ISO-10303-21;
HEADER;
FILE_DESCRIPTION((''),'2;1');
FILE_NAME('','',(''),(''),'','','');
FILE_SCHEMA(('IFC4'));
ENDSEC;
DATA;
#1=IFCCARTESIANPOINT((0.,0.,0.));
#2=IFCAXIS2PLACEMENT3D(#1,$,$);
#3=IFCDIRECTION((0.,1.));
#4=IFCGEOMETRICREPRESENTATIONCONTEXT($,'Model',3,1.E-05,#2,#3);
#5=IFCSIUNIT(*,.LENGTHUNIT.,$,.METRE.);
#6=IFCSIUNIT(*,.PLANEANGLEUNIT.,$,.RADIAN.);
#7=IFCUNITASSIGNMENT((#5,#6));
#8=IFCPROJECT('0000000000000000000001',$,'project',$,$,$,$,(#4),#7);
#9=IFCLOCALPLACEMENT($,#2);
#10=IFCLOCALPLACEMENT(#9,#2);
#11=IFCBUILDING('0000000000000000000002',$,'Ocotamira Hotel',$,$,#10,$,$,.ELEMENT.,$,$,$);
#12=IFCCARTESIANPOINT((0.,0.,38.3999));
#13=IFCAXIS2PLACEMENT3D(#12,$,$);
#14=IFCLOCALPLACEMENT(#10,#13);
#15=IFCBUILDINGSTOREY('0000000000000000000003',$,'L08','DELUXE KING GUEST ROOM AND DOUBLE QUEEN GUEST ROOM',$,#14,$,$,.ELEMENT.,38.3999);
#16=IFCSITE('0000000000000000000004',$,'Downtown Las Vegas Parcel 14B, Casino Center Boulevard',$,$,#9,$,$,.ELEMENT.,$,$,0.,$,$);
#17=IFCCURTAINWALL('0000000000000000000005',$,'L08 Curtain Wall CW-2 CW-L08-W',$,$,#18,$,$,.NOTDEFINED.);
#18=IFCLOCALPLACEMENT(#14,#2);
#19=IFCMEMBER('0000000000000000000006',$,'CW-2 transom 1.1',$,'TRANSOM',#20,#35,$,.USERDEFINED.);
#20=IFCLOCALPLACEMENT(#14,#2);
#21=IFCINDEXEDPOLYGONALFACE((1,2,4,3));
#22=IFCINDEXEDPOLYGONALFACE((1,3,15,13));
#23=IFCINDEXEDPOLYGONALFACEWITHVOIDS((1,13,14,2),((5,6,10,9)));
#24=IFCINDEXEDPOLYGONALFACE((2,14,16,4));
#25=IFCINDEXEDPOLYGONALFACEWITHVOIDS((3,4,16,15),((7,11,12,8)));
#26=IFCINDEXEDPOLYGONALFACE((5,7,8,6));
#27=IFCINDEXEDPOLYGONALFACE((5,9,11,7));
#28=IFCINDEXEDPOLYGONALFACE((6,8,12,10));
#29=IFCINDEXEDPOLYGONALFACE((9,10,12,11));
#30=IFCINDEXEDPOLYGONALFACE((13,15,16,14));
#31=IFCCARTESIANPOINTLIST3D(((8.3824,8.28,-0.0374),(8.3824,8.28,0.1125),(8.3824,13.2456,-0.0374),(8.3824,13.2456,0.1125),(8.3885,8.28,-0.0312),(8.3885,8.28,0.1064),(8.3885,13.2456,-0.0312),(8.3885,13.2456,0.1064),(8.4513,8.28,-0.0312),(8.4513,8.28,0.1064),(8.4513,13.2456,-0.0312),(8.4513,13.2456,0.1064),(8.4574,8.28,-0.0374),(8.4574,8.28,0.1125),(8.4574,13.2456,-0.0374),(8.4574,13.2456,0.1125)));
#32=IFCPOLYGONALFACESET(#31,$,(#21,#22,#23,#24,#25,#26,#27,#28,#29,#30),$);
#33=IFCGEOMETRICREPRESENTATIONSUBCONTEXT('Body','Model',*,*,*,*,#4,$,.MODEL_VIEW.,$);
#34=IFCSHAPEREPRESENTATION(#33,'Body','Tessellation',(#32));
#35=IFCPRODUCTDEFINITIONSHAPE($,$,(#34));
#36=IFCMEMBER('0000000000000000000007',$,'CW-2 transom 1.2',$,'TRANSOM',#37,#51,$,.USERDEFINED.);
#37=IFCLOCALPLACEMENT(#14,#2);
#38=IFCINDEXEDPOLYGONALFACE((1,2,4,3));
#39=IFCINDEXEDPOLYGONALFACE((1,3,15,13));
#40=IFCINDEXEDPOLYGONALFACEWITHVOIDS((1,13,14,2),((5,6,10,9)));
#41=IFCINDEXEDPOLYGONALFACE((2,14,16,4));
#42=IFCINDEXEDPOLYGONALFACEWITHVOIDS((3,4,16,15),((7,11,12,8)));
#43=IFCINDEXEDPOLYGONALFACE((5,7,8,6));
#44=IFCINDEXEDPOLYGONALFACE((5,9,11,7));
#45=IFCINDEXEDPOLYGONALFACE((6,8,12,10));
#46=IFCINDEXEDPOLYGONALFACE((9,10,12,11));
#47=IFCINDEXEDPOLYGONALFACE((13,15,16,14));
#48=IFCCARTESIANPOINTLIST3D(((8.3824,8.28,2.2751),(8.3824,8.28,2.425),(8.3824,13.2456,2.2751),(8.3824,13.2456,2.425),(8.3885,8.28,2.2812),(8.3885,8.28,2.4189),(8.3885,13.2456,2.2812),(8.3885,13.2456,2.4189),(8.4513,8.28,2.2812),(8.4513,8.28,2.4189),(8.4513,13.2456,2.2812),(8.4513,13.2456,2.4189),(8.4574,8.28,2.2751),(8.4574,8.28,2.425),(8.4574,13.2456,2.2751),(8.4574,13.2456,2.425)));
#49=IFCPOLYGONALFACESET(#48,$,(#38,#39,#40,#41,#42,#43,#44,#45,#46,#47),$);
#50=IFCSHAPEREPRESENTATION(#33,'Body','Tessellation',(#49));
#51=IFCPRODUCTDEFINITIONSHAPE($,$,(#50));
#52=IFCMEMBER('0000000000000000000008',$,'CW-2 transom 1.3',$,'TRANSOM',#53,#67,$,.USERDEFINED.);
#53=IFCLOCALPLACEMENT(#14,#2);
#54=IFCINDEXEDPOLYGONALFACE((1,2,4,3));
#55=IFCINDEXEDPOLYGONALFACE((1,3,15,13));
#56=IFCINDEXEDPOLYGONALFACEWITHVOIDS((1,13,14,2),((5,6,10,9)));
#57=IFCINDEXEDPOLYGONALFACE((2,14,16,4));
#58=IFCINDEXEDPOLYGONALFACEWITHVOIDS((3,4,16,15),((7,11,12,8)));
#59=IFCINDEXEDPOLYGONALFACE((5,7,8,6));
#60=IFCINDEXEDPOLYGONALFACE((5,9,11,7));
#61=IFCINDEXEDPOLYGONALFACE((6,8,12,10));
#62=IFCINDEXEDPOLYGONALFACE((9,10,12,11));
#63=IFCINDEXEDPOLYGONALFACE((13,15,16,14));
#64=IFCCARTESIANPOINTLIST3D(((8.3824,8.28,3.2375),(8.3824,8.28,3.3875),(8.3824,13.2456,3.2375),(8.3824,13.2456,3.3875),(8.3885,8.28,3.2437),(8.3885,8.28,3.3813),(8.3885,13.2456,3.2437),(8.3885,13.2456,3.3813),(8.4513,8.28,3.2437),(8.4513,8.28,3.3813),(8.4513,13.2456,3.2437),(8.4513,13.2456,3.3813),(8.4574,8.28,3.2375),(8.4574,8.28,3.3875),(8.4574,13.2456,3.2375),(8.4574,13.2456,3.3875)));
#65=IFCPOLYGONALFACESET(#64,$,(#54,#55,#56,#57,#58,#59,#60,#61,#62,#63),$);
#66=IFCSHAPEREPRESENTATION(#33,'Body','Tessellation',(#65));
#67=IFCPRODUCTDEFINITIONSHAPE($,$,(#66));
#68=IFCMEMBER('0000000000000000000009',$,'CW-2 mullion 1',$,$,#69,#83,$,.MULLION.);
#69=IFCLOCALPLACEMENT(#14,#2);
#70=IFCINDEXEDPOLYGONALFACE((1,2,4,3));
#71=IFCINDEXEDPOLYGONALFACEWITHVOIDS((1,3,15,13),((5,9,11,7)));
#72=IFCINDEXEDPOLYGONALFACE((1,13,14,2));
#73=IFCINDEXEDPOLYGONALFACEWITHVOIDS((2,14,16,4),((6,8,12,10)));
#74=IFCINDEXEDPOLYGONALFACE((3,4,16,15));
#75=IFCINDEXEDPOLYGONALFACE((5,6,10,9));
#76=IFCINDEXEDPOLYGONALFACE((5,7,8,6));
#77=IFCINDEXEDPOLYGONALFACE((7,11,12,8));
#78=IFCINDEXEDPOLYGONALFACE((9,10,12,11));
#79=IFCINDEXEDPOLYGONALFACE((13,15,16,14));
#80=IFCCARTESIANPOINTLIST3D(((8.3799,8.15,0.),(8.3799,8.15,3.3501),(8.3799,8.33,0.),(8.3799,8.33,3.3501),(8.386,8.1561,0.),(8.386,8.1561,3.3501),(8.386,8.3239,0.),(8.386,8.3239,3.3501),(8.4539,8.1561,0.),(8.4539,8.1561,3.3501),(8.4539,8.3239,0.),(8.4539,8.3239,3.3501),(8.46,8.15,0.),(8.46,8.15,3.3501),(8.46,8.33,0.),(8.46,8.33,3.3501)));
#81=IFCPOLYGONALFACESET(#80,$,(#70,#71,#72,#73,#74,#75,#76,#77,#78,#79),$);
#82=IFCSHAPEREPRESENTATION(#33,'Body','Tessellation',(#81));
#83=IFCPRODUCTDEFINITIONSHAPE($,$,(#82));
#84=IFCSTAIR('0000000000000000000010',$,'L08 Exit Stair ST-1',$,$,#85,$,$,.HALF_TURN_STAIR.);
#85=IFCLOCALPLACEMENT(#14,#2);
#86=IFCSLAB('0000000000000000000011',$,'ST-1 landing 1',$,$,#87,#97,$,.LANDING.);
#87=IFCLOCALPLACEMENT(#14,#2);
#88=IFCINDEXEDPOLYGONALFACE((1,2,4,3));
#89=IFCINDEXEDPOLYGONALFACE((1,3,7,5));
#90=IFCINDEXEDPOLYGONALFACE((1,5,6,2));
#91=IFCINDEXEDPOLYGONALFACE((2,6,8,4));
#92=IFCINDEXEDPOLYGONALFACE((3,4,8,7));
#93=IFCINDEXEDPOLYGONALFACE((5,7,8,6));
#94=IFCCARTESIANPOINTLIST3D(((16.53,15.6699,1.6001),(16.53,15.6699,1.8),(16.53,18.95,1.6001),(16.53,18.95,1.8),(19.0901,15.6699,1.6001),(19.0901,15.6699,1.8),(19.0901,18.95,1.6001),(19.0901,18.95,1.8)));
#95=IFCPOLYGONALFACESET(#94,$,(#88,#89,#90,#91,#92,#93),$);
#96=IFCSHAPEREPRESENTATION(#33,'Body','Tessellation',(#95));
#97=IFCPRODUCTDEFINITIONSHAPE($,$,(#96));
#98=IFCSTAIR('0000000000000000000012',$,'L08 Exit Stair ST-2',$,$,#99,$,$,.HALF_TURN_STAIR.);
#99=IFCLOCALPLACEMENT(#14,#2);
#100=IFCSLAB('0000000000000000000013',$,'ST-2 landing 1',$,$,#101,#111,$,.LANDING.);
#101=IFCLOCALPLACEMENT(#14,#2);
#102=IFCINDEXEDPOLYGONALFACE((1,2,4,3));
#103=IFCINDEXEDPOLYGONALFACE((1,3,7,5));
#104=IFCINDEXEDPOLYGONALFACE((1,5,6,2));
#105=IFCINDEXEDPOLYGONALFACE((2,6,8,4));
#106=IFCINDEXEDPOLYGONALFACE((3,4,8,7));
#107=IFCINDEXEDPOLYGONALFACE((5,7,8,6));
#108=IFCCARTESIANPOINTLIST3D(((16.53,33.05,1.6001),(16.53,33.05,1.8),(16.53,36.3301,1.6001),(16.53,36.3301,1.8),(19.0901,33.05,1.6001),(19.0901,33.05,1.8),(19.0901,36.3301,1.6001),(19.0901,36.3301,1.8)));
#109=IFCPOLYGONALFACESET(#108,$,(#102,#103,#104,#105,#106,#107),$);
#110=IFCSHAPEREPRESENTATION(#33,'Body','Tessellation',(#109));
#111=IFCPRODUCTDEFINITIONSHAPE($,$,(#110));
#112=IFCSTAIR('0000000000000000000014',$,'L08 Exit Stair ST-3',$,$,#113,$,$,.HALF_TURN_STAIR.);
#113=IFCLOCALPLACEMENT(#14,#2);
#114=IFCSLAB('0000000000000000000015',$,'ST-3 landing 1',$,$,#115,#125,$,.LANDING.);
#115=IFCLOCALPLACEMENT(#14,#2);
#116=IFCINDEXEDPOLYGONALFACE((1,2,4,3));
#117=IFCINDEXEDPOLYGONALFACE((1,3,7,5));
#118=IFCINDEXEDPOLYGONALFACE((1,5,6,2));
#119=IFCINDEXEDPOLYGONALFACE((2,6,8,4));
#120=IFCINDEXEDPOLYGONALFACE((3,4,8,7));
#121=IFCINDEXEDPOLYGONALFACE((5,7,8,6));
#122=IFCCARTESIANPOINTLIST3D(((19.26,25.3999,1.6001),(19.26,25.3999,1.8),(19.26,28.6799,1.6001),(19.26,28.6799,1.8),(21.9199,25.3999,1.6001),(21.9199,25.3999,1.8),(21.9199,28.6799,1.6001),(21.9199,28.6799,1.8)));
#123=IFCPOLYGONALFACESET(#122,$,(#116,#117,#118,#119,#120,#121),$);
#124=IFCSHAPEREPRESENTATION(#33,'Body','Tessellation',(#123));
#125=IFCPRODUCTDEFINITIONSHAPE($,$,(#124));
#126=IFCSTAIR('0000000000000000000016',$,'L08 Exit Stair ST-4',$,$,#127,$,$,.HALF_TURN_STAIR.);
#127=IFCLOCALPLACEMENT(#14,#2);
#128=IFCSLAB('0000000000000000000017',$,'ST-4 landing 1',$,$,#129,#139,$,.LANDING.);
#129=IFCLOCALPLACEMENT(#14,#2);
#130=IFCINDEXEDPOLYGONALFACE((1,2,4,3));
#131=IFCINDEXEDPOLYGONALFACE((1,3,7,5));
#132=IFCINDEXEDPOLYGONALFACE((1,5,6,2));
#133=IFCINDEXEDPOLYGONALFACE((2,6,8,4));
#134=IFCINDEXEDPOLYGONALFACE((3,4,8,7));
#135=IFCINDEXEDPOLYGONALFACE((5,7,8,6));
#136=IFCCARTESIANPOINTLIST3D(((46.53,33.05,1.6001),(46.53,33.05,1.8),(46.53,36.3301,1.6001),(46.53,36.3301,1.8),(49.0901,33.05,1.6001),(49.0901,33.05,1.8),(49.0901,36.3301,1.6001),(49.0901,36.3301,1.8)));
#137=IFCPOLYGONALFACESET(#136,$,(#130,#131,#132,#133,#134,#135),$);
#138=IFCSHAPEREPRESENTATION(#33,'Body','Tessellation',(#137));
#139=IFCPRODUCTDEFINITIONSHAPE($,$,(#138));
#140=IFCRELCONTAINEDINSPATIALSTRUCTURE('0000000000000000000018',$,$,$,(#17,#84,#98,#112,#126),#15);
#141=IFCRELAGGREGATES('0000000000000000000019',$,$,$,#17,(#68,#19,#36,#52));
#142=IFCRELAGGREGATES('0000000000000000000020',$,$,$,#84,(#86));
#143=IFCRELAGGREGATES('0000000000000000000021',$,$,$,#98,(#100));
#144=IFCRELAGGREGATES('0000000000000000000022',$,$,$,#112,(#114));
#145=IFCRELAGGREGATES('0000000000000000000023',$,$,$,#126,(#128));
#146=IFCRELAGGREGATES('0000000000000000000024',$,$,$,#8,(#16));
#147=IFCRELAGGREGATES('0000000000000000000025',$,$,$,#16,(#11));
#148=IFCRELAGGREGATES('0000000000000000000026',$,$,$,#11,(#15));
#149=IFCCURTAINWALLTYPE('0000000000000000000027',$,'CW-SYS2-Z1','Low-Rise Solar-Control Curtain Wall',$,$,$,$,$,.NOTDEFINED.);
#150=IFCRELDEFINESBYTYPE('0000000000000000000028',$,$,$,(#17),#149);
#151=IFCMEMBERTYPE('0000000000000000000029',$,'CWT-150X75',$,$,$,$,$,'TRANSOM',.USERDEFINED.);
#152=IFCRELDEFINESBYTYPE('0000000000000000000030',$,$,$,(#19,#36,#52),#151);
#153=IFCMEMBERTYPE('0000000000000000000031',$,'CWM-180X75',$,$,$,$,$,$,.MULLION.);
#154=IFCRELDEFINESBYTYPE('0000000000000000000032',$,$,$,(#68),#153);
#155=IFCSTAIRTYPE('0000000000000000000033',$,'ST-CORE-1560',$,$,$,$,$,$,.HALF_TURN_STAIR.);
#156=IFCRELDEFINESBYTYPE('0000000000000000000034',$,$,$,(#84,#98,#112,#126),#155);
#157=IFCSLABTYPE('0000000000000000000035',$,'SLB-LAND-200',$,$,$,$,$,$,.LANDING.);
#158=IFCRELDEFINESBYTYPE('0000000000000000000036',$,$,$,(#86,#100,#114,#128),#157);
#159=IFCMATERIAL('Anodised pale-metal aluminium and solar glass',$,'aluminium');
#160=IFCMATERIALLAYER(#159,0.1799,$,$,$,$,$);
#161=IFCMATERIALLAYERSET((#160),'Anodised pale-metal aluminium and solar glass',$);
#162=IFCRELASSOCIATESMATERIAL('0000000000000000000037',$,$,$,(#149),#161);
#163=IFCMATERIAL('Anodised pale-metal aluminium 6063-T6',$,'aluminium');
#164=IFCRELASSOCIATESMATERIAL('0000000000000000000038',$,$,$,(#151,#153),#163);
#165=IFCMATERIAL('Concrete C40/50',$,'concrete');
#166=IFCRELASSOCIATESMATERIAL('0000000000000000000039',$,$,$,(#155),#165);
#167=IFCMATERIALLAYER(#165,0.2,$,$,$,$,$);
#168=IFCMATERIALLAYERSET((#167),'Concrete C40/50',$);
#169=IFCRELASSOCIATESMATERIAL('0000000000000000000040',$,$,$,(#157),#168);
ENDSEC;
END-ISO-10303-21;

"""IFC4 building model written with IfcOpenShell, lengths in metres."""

from ifc_helpers import new_model, si_unit, direction, frame, origin, origin_2d, place, context, subcontext, project, spatial, polyline, hollow_rectangle, outline, extrude, source, transform, mapped, material, layer, layer_set, material_profile, profile_set, type_object, element, aggregate, save


model = new_model("IFC4")

# Units and contexts
model_context = context("Model", 3, precision=1e-05, world=origin(), true_north=direction((0.0, 1.0)))
body_context = subcontext(model_context, "Body", "Model", "MODEL_VIEW")
ifc_project = project(units=[si_unit("LENGTHUNIT", "METRE"), si_unit("PLANEANGLEUNIT", "RADIAN")], contexts=[model_context])

# Site, building, storey
site_placement = place(None, origin())
site = spatial("IfcSite", under=ifc_project, at=site_placement, Name="Downtown Las Vegas Parcel 14B, Casino Center Boulevard", CompositionType="ELEMENT", RefElevation=0.0)
building_placement = place(site_placement, origin())
building = spatial("IfcBuilding", under=site, at=building_placement, Name="Ocotamira Hotel", CompositionType="ELEMENT")
storey_placement = place(building_placement, frame((0.0, 0.0, 38.3999)))
storey = spatial("IfcBuildingStorey", under=building, at=storey_placement, Name="L08", Description="DELUXE KING GUEST ROOM AND DOUBLE QUEEN GUEST ROOM", CompositionType="ELEMENT", Elevation=38.3999)

# Curtain wall, members
ifc_material_1 = material(Name="Anodised pale-metal aluminium and solar glass", Category="aluminium")
ifc_layer_1 = layer(ifc_material_1, 0.1799)
ifc_layer_set_1 = layer_set([ifc_layer_1], Name="Anodised pale-metal aluminium and solar glass")
curtain_wall_type = type_object("IfcCurtainWallType", Name="CW-SYS2-Z1", Description="Low-Rise Solar-Control Curtain Wall", PredefinedType="NOTDEFINED", material=ifc_layer_set_1)
curtain_wall_placement = place(storey_placement, origin())
curtain_wall = element("IfcCurtainWall", 1, at=curtain_wall_placement, inside=storey, type_object=curtain_wall_type, Name="L08 Curtain Wall CW-2 CW-L08-W", PredefinedType="NOTDEFINED")
ifc_material_2 = material(Name="Anodised pale-metal aluminium 6063-T6", Category="aluminium")
ifc_material_profile_1 = material_profile(ifc_material_2, hollow_rectangle(XDim=0.075, YDim=0.1499, WallThickness=0.0061, at=origin_2d()), Name="HSS150X75X6")
ifc_profile_set_1 = profile_set([ifc_material_profile_1], Name="Anodised pale-metal aluminium 6063-T6")
member_type_1 = type_object("IfcMemberType", Name="CWT-150X75", ElementType="TRANSOM", PredefinedType="USERDEFINED", material=ifc_profile_set_1)
shared_shape_1 = source(origin(), body_context, "Body", "SweptSolid", [
    extrude(hollow_rectangle(XDim=0.075, YDim=0.1499, WallThickness=0.0061, at=origin_2d()), origin(), (0.0, 0.0, 1.0), 4.9656),
])
member_1_placement = place(storey_placement, frame((8.4199, 8.28, 0.0376), z_axis=(0.0, 1.0, 0.0), x_axis=(-1.0, 0.0, 0.0)))
member_1 = element("IfcMember", 2, at=member_1_placement, type_object=member_type_1, Name="CW-2 transom 1.1", ObjectType="TRANSOM", PredefinedType="USERDEFINED", context=body_context, shape_type="MappedRepresentation", body=[
    mapped(shared_shape_1, transform((0.0, 0.0, 0.0), scale=1.0)),
])
member_2_placement = place(storey_placement, frame((8.4199, 8.28, 2.3501), z_axis=(0.0, 1.0, 0.0), x_axis=(-1.0, 0.0, 0.0)))
member_2 = element("IfcMember", 3, at=member_2_placement, type_object=member_type_1, Name="CW-2 transom 1.2", ObjectType="TRANSOM", PredefinedType="USERDEFINED", context=body_context, shape_type="MappedRepresentation", body=[
    mapped(shared_shape_1, transform((0.0, 0.0, 0.0), scale=1.0)),
])
member_3_placement = place(storey_placement, frame((8.4199, 8.28, 3.3125), z_axis=(0.0, 1.0, 0.0), x_axis=(-1.0, 0.0, 0.0)))
member_3 = element("IfcMember", 4, at=member_3_placement, type_object=member_type_1, Name="CW-2 transom 1.3", ObjectType="TRANSOM", PredefinedType="USERDEFINED", context=body_context, shape_type="MappedRepresentation", body=[
    mapped(shared_shape_1, transform((0.0, 0.0, 0.0), scale=1.0)),
])
ifc_material_profile_2 = material_profile(ifc_material_2, hollow_rectangle(XDim=0.0801, YDim=0.1799, WallThickness=0.0061, at=origin_2d()), Name="HSS180X80X6")
ifc_profile_set_2 = profile_set([ifc_material_profile_2], Name="Anodised pale-metal aluminium 6063-T6")
member_type_2 = type_object("IfcMemberType", Name="CWM-180X75", PredefinedType="MULLION", material=ifc_profile_set_2)
shared_shape_2 = source(origin(), body_context, "Body", "SweptSolid", [
    extrude(hollow_rectangle(XDim=0.0801, YDim=0.1799, WallThickness=0.0061, at=origin_2d()), origin(), (0.0, 0.0, 1.0), 3.3501),
])
member_4_placement = place(storey_placement, frame((8.4199, 8.24, 0.0), z_axis=(0.0, 0.0, 1.0), x_axis=(-1.0, 0.0, 0.0)))
member_4 = element("IfcMember", 5, at=member_4_placement, type_object=member_type_2, Name="CW-2 mullion 1", PredefinedType="MULLION", context=body_context, shape_type="MappedRepresentation", body=[
    mapped(shared_shape_2, transform((0.0, 0.0, 0.0), scale=1.0)),
])
aggregate(curtain_wall, [member_4, member_1, member_2, member_3])

# Stairs, slabs
ifc_material_3 = material(Name="Concrete C40/50", Category="concrete")
stair_type = type_object("IfcStairType", Name="ST-CORE-1560", PredefinedType="HALF_TURN_STAIR", material=ifc_material_3)
stair_1_placement = place(storey_placement, origin())
stair_1 = element("IfcStair", 6, at=stair_1_placement, inside=storey, type_object=stair_type, Name="L08 Exit Stair ST-1", PredefinedType="HALF_TURN_STAIR")
ifc_layer_2 = layer(ifc_material_3, 0.2)
ifc_layer_set_2 = layer_set([ifc_layer_2], Name="Concrete C40/50")
slab_type_1 = type_object("IfcSlabType", Name="SLB-LAND-200", PredefinedType="LANDING", material=ifc_layer_set_2)
slab_1_placement = place(storey_placement, frame((0.0, 0.0, 1.6001)))
slab_1 = element("IfcSlab", 7, at=slab_1_placement, type_object=slab_type_1, Name="ST-1 landing 1", PredefinedType="LANDING", context=body_context, shape_type="SweptSolid", body=[
    extrude(outline(polyline([(16.53, 15.6699), (19.0901, 15.6699), (19.0901, 18.95), (16.53, 18.95), (16.53, 15.6699)])), origin(), (0.0, 0.0, 1.0), 0.2),
])
aggregate(stair_1, [slab_1])
stair_2_placement = place(storey_placement, origin())
stair_2 = element("IfcStair", 8, at=stair_2_placement, inside=storey, type_object=stair_type, Name="L08 Exit Stair ST-2", PredefinedType="HALF_TURN_STAIR")
slab_2_placement = place(storey_placement, frame((0.0, 0.0, 1.6001)))
slab_2 = element("IfcSlab", 9, at=slab_2_placement, type_object=slab_type_1, Name="ST-2 landing 1", PredefinedType="LANDING", context=body_context, shape_type="SweptSolid", body=[
    extrude(outline(polyline([(16.53, 33.05), (19.0901, 33.05), (19.0901, 36.3301), (16.53, 36.3301), (16.53, 33.05)])), origin(), (0.0, 0.0, 1.0), 0.2),
])
aggregate(stair_2, [slab_2])
stair_3_placement = place(storey_placement, origin())
stair_3 = element("IfcStair", 10, at=stair_3_placement, inside=storey, type_object=stair_type, Name="L08 Exit Stair ST-3", PredefinedType="HALF_TURN_STAIR")
slab_3_placement = place(storey_placement, frame((0.0, 0.0, 1.6001)))
slab_3 = element("IfcSlab", 11, at=slab_3_placement, type_object=slab_type_1, Name="ST-3 landing 1", PredefinedType="LANDING", context=body_context, shape_type="SweptSolid", body=[
    extrude(outline(polyline([(19.26, 25.3999), (21.9199, 25.3999), (21.9199, 28.6799), (19.26, 28.6799), (19.26, 25.3999)])), origin(), (0.0, 0.0, 1.0), 0.2),
])
aggregate(stair_3, [slab_3])
stair_4_placement = place(storey_placement, origin())
stair_4 = element("IfcStair", 12, at=stair_4_placement, inside=storey, type_object=stair_type, Name="L08 Exit Stair ST-4", PredefinedType="HALF_TURN_STAIR")
slab_4_placement = place(storey_placement, frame((0.0, 0.0, 1.6001)))
slab_4 = element("IfcSlab", 13, at=slab_4_placement, type_object=slab_type_1, Name="ST-4 landing 1", PredefinedType="LANDING", context=body_context, shape_type="SweptSolid", body=[
    extrude(outline(polyline([(46.53, 33.05), (49.0901, 33.05), (49.0901, 36.3301), (46.53, 36.3301), (46.53, 33.05)])), origin(), (0.0, 0.0, 1.0), 0.2),
])
aggregate(stair_4, [slab_4])

save(model, "model.ifc")
